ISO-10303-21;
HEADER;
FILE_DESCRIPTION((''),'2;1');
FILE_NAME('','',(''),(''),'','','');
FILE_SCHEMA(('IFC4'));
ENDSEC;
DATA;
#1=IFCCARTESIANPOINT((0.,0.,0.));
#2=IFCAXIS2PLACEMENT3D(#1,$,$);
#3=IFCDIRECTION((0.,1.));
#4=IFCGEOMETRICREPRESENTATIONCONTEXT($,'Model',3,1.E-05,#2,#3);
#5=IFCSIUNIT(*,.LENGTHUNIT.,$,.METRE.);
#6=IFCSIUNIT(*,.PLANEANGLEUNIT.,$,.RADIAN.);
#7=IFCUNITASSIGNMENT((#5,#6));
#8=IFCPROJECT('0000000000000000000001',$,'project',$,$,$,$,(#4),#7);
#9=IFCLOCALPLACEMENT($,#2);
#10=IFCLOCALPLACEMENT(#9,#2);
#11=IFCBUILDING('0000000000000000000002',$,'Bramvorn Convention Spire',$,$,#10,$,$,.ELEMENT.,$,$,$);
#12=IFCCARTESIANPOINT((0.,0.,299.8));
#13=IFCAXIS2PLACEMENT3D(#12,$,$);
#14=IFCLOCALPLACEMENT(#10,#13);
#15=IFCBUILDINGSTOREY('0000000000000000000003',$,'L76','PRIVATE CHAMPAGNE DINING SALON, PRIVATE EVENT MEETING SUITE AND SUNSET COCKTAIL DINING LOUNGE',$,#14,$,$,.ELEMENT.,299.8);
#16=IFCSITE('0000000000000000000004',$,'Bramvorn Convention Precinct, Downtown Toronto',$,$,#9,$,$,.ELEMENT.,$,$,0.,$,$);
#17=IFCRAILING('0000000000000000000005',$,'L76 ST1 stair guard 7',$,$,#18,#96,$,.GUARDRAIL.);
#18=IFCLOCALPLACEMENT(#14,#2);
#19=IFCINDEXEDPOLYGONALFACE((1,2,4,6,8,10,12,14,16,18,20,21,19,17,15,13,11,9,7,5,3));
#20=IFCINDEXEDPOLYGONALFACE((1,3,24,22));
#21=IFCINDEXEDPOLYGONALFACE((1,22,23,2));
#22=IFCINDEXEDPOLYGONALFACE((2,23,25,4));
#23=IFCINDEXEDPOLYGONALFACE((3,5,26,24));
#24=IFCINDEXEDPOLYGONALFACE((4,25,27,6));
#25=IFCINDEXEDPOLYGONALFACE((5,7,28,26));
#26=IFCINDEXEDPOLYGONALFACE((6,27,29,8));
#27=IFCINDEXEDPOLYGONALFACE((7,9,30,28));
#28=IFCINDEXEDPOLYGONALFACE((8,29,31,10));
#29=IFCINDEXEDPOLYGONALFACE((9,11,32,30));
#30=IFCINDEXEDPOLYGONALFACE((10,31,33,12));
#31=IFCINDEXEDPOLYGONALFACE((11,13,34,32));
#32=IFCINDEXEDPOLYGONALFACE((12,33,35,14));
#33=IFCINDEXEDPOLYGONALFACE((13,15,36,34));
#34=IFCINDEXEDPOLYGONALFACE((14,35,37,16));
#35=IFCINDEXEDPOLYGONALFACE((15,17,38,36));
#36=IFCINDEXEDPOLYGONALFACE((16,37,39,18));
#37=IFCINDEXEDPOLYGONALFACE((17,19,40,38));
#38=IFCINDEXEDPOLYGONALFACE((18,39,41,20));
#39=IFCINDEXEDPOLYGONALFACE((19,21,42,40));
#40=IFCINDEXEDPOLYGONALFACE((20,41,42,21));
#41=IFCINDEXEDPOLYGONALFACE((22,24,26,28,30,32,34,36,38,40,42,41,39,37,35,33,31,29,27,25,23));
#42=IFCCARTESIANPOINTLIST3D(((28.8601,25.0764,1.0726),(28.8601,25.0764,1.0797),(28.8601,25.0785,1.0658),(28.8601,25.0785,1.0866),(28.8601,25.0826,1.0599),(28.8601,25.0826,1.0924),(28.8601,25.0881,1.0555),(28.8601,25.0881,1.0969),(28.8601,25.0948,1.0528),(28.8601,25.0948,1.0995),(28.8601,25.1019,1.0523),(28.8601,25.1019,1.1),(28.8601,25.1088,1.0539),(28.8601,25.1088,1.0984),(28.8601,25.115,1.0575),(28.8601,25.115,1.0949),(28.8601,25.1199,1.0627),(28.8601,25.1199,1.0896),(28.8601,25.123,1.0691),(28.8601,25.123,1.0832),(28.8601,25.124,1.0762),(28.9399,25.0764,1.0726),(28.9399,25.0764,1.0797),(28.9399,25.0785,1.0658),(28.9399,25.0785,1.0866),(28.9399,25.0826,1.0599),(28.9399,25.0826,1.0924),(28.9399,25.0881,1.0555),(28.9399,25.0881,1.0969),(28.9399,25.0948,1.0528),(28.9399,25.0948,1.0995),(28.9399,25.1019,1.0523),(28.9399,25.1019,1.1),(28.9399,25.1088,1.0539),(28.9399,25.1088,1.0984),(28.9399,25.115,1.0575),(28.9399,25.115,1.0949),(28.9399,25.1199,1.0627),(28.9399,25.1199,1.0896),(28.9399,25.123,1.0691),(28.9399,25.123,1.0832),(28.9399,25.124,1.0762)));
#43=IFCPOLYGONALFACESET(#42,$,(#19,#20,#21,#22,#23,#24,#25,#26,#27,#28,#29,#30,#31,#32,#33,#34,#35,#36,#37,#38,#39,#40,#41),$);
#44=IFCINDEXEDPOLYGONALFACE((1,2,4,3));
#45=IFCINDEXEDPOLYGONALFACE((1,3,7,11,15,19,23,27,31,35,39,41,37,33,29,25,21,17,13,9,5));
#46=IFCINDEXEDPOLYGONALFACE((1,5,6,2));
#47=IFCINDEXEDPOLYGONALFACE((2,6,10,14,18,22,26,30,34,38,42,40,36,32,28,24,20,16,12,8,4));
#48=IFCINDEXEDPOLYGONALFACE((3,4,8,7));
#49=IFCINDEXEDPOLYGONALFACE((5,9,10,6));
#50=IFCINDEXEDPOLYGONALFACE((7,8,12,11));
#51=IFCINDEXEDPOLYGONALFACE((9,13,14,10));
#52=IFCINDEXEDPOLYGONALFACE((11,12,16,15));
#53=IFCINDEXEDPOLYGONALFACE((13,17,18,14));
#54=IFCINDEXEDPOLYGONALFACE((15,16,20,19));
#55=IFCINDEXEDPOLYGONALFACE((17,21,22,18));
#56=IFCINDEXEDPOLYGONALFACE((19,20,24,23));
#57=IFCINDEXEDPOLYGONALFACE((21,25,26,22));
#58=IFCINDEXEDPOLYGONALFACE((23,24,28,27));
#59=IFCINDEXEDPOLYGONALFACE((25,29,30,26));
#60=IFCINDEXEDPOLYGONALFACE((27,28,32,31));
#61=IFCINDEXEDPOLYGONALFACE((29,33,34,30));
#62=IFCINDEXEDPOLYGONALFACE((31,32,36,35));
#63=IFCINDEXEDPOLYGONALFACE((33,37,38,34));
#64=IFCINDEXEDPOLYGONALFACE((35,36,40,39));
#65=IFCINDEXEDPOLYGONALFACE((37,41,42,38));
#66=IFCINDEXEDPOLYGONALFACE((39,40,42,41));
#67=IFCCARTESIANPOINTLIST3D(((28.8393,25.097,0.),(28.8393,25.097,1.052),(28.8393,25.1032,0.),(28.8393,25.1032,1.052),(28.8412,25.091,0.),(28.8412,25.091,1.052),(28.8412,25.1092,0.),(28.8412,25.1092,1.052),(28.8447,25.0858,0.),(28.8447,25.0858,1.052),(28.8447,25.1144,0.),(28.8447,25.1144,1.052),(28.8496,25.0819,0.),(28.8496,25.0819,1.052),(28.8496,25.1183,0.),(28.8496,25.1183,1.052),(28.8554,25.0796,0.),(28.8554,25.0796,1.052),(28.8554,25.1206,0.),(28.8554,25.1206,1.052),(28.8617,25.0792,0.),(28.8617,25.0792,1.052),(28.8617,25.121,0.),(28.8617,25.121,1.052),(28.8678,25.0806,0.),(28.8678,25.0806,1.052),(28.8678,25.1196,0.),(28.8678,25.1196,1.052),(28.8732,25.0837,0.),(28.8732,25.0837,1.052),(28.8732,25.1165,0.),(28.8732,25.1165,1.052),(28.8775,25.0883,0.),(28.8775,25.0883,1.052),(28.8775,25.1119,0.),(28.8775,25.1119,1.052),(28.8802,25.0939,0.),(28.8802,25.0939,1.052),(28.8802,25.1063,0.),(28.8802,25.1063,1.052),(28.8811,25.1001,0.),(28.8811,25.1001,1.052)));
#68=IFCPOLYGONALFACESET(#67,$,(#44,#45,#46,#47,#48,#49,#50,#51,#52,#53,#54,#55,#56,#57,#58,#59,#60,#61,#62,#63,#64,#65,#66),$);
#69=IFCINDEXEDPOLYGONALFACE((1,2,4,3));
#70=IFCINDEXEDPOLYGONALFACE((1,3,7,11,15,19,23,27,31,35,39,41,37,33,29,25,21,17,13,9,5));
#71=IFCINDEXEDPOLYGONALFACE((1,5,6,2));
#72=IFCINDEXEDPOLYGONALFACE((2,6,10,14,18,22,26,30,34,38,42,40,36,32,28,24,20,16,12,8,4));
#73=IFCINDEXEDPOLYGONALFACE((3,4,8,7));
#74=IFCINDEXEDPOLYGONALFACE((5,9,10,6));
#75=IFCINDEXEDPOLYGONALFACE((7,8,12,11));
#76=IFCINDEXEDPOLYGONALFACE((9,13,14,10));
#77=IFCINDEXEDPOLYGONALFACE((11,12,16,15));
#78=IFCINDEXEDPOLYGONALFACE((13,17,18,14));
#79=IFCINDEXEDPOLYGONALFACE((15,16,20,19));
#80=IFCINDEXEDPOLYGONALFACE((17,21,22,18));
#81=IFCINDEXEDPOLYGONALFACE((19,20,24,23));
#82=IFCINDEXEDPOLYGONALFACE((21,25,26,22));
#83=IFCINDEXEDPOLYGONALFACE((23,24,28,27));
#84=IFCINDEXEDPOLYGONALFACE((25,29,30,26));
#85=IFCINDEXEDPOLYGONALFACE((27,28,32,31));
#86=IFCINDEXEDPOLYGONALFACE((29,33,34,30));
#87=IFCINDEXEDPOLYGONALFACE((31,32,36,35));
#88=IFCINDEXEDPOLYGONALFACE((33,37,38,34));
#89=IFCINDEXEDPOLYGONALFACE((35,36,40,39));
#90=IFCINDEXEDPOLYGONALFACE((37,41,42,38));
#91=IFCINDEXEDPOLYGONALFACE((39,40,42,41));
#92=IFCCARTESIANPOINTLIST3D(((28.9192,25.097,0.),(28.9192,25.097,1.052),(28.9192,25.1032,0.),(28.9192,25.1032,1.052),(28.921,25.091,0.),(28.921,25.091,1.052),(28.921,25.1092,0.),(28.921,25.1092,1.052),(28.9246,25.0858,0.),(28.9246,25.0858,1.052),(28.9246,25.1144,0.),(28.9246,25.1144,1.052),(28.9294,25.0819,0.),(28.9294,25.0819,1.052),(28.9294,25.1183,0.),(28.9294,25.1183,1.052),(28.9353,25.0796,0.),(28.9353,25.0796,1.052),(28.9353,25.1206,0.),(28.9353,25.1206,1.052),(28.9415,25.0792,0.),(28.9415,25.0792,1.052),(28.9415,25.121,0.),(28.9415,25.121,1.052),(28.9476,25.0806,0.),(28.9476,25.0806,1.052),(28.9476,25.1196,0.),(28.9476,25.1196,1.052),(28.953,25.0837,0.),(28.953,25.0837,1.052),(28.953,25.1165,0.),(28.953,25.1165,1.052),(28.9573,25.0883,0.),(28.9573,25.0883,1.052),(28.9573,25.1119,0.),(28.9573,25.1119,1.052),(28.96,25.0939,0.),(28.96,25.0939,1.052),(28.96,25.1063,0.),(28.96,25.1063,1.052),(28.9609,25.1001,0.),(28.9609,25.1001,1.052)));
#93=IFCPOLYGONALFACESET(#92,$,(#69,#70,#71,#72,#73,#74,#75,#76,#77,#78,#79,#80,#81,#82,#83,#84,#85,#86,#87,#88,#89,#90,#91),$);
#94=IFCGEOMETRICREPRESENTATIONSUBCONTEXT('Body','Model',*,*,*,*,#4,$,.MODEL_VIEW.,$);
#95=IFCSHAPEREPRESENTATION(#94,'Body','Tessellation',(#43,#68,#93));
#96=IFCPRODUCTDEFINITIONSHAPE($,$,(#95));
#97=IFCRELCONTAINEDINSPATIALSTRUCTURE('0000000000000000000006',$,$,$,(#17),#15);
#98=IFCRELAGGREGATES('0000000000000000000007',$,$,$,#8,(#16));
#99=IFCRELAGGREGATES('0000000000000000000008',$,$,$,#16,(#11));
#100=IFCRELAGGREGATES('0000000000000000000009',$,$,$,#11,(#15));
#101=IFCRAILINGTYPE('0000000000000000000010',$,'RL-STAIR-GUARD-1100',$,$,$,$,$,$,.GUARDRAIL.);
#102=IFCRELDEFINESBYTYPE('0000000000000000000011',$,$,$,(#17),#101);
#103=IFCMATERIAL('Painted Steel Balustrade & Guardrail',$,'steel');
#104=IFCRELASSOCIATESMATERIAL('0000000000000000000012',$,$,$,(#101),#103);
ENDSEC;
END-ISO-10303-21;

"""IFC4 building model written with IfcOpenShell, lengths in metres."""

from ifc_helpers import new_model, si_unit, direction, frame, origin, origin_2d, place, context, subcontext, project, spatial, circle, extrude, material, type_object, element, save


model = new_model("IFC4")

# Units and contexts
model_context = context("Model", 3, precision=1e-05, world=origin(), true_north=direction((0.0, 1.0)))
body_context = subcontext(model_context, "Body", "Model", "MODEL_VIEW")
ifc_project = project(units=[si_unit("LENGTHUNIT", "METRE"), si_unit("PLANEANGLEUNIT", "RADIAN")], contexts=[model_context])

# Site, building, storey
site_placement = place(None, origin())
site = spatial("IfcSite", under=ifc_project, at=site_placement, Name="Bramvorn Convention Precinct, Downtown Toronto", CompositionType="ELEMENT", RefElevation=0.0)
building_placement = place(site_placement, origin())
building = spatial("IfcBuilding", under=site, at=building_placement, Name="Bramvorn Convention Spire", CompositionType="ELEMENT")
storey_placement = place(building_placement, frame((0.0, 0.0, 299.8)))
storey = spatial("IfcBuildingStorey", under=building, at=storey_placement, Name="L76", Description="PRIVATE CHAMPAGNE DINING SALON, PRIVATE EVENT MEETING SUITE AND SUNSET COCKTAIL DINING LOUNGE", CompositionType="ELEMENT", Elevation=299.8)

# Railing
ifc_material_1 = material(Name="Painted Steel Balustrade & Guardrail", Category="steel")
railing_type_1 = type_object("IfcRailingType", Name="RL-STAIR-GUARD-1100", PredefinedType="GUARDRAIL", material=ifc_material_1)
railing_1_placement = place(storey_placement, frame((28.8601, 25.1001, 0.0)))
element("IfcRailing", 1, at=railing_1_placement, inside=storey, type_object=railing_type_1, Name="L76 ST1 stair guard 7", PredefinedType="GUARDRAIL", context=body_context, shape_type="SweptSolid", body=[
    extrude(circle(Radius=0.0239, at=origin_2d()), frame((0.0, 0.0, 1.0762), z_axis=(1.0, 0.0, 0.0), x_axis=(0.0, 1.0, 0.0)), (0.0, 0.0, 1.0), 0.0798),
    extrude(circle(Radius=0.021, at=origin_2d()), origin(), (0.0, 0.0, 1.0), 1.052),
    extrude(circle(Radius=0.021, at=origin_2d()), frame((0.0798, 0.0, 0.0)), (0.0, 0.0, 1.0), 1.052),
])

save(model, "model.ifc")
